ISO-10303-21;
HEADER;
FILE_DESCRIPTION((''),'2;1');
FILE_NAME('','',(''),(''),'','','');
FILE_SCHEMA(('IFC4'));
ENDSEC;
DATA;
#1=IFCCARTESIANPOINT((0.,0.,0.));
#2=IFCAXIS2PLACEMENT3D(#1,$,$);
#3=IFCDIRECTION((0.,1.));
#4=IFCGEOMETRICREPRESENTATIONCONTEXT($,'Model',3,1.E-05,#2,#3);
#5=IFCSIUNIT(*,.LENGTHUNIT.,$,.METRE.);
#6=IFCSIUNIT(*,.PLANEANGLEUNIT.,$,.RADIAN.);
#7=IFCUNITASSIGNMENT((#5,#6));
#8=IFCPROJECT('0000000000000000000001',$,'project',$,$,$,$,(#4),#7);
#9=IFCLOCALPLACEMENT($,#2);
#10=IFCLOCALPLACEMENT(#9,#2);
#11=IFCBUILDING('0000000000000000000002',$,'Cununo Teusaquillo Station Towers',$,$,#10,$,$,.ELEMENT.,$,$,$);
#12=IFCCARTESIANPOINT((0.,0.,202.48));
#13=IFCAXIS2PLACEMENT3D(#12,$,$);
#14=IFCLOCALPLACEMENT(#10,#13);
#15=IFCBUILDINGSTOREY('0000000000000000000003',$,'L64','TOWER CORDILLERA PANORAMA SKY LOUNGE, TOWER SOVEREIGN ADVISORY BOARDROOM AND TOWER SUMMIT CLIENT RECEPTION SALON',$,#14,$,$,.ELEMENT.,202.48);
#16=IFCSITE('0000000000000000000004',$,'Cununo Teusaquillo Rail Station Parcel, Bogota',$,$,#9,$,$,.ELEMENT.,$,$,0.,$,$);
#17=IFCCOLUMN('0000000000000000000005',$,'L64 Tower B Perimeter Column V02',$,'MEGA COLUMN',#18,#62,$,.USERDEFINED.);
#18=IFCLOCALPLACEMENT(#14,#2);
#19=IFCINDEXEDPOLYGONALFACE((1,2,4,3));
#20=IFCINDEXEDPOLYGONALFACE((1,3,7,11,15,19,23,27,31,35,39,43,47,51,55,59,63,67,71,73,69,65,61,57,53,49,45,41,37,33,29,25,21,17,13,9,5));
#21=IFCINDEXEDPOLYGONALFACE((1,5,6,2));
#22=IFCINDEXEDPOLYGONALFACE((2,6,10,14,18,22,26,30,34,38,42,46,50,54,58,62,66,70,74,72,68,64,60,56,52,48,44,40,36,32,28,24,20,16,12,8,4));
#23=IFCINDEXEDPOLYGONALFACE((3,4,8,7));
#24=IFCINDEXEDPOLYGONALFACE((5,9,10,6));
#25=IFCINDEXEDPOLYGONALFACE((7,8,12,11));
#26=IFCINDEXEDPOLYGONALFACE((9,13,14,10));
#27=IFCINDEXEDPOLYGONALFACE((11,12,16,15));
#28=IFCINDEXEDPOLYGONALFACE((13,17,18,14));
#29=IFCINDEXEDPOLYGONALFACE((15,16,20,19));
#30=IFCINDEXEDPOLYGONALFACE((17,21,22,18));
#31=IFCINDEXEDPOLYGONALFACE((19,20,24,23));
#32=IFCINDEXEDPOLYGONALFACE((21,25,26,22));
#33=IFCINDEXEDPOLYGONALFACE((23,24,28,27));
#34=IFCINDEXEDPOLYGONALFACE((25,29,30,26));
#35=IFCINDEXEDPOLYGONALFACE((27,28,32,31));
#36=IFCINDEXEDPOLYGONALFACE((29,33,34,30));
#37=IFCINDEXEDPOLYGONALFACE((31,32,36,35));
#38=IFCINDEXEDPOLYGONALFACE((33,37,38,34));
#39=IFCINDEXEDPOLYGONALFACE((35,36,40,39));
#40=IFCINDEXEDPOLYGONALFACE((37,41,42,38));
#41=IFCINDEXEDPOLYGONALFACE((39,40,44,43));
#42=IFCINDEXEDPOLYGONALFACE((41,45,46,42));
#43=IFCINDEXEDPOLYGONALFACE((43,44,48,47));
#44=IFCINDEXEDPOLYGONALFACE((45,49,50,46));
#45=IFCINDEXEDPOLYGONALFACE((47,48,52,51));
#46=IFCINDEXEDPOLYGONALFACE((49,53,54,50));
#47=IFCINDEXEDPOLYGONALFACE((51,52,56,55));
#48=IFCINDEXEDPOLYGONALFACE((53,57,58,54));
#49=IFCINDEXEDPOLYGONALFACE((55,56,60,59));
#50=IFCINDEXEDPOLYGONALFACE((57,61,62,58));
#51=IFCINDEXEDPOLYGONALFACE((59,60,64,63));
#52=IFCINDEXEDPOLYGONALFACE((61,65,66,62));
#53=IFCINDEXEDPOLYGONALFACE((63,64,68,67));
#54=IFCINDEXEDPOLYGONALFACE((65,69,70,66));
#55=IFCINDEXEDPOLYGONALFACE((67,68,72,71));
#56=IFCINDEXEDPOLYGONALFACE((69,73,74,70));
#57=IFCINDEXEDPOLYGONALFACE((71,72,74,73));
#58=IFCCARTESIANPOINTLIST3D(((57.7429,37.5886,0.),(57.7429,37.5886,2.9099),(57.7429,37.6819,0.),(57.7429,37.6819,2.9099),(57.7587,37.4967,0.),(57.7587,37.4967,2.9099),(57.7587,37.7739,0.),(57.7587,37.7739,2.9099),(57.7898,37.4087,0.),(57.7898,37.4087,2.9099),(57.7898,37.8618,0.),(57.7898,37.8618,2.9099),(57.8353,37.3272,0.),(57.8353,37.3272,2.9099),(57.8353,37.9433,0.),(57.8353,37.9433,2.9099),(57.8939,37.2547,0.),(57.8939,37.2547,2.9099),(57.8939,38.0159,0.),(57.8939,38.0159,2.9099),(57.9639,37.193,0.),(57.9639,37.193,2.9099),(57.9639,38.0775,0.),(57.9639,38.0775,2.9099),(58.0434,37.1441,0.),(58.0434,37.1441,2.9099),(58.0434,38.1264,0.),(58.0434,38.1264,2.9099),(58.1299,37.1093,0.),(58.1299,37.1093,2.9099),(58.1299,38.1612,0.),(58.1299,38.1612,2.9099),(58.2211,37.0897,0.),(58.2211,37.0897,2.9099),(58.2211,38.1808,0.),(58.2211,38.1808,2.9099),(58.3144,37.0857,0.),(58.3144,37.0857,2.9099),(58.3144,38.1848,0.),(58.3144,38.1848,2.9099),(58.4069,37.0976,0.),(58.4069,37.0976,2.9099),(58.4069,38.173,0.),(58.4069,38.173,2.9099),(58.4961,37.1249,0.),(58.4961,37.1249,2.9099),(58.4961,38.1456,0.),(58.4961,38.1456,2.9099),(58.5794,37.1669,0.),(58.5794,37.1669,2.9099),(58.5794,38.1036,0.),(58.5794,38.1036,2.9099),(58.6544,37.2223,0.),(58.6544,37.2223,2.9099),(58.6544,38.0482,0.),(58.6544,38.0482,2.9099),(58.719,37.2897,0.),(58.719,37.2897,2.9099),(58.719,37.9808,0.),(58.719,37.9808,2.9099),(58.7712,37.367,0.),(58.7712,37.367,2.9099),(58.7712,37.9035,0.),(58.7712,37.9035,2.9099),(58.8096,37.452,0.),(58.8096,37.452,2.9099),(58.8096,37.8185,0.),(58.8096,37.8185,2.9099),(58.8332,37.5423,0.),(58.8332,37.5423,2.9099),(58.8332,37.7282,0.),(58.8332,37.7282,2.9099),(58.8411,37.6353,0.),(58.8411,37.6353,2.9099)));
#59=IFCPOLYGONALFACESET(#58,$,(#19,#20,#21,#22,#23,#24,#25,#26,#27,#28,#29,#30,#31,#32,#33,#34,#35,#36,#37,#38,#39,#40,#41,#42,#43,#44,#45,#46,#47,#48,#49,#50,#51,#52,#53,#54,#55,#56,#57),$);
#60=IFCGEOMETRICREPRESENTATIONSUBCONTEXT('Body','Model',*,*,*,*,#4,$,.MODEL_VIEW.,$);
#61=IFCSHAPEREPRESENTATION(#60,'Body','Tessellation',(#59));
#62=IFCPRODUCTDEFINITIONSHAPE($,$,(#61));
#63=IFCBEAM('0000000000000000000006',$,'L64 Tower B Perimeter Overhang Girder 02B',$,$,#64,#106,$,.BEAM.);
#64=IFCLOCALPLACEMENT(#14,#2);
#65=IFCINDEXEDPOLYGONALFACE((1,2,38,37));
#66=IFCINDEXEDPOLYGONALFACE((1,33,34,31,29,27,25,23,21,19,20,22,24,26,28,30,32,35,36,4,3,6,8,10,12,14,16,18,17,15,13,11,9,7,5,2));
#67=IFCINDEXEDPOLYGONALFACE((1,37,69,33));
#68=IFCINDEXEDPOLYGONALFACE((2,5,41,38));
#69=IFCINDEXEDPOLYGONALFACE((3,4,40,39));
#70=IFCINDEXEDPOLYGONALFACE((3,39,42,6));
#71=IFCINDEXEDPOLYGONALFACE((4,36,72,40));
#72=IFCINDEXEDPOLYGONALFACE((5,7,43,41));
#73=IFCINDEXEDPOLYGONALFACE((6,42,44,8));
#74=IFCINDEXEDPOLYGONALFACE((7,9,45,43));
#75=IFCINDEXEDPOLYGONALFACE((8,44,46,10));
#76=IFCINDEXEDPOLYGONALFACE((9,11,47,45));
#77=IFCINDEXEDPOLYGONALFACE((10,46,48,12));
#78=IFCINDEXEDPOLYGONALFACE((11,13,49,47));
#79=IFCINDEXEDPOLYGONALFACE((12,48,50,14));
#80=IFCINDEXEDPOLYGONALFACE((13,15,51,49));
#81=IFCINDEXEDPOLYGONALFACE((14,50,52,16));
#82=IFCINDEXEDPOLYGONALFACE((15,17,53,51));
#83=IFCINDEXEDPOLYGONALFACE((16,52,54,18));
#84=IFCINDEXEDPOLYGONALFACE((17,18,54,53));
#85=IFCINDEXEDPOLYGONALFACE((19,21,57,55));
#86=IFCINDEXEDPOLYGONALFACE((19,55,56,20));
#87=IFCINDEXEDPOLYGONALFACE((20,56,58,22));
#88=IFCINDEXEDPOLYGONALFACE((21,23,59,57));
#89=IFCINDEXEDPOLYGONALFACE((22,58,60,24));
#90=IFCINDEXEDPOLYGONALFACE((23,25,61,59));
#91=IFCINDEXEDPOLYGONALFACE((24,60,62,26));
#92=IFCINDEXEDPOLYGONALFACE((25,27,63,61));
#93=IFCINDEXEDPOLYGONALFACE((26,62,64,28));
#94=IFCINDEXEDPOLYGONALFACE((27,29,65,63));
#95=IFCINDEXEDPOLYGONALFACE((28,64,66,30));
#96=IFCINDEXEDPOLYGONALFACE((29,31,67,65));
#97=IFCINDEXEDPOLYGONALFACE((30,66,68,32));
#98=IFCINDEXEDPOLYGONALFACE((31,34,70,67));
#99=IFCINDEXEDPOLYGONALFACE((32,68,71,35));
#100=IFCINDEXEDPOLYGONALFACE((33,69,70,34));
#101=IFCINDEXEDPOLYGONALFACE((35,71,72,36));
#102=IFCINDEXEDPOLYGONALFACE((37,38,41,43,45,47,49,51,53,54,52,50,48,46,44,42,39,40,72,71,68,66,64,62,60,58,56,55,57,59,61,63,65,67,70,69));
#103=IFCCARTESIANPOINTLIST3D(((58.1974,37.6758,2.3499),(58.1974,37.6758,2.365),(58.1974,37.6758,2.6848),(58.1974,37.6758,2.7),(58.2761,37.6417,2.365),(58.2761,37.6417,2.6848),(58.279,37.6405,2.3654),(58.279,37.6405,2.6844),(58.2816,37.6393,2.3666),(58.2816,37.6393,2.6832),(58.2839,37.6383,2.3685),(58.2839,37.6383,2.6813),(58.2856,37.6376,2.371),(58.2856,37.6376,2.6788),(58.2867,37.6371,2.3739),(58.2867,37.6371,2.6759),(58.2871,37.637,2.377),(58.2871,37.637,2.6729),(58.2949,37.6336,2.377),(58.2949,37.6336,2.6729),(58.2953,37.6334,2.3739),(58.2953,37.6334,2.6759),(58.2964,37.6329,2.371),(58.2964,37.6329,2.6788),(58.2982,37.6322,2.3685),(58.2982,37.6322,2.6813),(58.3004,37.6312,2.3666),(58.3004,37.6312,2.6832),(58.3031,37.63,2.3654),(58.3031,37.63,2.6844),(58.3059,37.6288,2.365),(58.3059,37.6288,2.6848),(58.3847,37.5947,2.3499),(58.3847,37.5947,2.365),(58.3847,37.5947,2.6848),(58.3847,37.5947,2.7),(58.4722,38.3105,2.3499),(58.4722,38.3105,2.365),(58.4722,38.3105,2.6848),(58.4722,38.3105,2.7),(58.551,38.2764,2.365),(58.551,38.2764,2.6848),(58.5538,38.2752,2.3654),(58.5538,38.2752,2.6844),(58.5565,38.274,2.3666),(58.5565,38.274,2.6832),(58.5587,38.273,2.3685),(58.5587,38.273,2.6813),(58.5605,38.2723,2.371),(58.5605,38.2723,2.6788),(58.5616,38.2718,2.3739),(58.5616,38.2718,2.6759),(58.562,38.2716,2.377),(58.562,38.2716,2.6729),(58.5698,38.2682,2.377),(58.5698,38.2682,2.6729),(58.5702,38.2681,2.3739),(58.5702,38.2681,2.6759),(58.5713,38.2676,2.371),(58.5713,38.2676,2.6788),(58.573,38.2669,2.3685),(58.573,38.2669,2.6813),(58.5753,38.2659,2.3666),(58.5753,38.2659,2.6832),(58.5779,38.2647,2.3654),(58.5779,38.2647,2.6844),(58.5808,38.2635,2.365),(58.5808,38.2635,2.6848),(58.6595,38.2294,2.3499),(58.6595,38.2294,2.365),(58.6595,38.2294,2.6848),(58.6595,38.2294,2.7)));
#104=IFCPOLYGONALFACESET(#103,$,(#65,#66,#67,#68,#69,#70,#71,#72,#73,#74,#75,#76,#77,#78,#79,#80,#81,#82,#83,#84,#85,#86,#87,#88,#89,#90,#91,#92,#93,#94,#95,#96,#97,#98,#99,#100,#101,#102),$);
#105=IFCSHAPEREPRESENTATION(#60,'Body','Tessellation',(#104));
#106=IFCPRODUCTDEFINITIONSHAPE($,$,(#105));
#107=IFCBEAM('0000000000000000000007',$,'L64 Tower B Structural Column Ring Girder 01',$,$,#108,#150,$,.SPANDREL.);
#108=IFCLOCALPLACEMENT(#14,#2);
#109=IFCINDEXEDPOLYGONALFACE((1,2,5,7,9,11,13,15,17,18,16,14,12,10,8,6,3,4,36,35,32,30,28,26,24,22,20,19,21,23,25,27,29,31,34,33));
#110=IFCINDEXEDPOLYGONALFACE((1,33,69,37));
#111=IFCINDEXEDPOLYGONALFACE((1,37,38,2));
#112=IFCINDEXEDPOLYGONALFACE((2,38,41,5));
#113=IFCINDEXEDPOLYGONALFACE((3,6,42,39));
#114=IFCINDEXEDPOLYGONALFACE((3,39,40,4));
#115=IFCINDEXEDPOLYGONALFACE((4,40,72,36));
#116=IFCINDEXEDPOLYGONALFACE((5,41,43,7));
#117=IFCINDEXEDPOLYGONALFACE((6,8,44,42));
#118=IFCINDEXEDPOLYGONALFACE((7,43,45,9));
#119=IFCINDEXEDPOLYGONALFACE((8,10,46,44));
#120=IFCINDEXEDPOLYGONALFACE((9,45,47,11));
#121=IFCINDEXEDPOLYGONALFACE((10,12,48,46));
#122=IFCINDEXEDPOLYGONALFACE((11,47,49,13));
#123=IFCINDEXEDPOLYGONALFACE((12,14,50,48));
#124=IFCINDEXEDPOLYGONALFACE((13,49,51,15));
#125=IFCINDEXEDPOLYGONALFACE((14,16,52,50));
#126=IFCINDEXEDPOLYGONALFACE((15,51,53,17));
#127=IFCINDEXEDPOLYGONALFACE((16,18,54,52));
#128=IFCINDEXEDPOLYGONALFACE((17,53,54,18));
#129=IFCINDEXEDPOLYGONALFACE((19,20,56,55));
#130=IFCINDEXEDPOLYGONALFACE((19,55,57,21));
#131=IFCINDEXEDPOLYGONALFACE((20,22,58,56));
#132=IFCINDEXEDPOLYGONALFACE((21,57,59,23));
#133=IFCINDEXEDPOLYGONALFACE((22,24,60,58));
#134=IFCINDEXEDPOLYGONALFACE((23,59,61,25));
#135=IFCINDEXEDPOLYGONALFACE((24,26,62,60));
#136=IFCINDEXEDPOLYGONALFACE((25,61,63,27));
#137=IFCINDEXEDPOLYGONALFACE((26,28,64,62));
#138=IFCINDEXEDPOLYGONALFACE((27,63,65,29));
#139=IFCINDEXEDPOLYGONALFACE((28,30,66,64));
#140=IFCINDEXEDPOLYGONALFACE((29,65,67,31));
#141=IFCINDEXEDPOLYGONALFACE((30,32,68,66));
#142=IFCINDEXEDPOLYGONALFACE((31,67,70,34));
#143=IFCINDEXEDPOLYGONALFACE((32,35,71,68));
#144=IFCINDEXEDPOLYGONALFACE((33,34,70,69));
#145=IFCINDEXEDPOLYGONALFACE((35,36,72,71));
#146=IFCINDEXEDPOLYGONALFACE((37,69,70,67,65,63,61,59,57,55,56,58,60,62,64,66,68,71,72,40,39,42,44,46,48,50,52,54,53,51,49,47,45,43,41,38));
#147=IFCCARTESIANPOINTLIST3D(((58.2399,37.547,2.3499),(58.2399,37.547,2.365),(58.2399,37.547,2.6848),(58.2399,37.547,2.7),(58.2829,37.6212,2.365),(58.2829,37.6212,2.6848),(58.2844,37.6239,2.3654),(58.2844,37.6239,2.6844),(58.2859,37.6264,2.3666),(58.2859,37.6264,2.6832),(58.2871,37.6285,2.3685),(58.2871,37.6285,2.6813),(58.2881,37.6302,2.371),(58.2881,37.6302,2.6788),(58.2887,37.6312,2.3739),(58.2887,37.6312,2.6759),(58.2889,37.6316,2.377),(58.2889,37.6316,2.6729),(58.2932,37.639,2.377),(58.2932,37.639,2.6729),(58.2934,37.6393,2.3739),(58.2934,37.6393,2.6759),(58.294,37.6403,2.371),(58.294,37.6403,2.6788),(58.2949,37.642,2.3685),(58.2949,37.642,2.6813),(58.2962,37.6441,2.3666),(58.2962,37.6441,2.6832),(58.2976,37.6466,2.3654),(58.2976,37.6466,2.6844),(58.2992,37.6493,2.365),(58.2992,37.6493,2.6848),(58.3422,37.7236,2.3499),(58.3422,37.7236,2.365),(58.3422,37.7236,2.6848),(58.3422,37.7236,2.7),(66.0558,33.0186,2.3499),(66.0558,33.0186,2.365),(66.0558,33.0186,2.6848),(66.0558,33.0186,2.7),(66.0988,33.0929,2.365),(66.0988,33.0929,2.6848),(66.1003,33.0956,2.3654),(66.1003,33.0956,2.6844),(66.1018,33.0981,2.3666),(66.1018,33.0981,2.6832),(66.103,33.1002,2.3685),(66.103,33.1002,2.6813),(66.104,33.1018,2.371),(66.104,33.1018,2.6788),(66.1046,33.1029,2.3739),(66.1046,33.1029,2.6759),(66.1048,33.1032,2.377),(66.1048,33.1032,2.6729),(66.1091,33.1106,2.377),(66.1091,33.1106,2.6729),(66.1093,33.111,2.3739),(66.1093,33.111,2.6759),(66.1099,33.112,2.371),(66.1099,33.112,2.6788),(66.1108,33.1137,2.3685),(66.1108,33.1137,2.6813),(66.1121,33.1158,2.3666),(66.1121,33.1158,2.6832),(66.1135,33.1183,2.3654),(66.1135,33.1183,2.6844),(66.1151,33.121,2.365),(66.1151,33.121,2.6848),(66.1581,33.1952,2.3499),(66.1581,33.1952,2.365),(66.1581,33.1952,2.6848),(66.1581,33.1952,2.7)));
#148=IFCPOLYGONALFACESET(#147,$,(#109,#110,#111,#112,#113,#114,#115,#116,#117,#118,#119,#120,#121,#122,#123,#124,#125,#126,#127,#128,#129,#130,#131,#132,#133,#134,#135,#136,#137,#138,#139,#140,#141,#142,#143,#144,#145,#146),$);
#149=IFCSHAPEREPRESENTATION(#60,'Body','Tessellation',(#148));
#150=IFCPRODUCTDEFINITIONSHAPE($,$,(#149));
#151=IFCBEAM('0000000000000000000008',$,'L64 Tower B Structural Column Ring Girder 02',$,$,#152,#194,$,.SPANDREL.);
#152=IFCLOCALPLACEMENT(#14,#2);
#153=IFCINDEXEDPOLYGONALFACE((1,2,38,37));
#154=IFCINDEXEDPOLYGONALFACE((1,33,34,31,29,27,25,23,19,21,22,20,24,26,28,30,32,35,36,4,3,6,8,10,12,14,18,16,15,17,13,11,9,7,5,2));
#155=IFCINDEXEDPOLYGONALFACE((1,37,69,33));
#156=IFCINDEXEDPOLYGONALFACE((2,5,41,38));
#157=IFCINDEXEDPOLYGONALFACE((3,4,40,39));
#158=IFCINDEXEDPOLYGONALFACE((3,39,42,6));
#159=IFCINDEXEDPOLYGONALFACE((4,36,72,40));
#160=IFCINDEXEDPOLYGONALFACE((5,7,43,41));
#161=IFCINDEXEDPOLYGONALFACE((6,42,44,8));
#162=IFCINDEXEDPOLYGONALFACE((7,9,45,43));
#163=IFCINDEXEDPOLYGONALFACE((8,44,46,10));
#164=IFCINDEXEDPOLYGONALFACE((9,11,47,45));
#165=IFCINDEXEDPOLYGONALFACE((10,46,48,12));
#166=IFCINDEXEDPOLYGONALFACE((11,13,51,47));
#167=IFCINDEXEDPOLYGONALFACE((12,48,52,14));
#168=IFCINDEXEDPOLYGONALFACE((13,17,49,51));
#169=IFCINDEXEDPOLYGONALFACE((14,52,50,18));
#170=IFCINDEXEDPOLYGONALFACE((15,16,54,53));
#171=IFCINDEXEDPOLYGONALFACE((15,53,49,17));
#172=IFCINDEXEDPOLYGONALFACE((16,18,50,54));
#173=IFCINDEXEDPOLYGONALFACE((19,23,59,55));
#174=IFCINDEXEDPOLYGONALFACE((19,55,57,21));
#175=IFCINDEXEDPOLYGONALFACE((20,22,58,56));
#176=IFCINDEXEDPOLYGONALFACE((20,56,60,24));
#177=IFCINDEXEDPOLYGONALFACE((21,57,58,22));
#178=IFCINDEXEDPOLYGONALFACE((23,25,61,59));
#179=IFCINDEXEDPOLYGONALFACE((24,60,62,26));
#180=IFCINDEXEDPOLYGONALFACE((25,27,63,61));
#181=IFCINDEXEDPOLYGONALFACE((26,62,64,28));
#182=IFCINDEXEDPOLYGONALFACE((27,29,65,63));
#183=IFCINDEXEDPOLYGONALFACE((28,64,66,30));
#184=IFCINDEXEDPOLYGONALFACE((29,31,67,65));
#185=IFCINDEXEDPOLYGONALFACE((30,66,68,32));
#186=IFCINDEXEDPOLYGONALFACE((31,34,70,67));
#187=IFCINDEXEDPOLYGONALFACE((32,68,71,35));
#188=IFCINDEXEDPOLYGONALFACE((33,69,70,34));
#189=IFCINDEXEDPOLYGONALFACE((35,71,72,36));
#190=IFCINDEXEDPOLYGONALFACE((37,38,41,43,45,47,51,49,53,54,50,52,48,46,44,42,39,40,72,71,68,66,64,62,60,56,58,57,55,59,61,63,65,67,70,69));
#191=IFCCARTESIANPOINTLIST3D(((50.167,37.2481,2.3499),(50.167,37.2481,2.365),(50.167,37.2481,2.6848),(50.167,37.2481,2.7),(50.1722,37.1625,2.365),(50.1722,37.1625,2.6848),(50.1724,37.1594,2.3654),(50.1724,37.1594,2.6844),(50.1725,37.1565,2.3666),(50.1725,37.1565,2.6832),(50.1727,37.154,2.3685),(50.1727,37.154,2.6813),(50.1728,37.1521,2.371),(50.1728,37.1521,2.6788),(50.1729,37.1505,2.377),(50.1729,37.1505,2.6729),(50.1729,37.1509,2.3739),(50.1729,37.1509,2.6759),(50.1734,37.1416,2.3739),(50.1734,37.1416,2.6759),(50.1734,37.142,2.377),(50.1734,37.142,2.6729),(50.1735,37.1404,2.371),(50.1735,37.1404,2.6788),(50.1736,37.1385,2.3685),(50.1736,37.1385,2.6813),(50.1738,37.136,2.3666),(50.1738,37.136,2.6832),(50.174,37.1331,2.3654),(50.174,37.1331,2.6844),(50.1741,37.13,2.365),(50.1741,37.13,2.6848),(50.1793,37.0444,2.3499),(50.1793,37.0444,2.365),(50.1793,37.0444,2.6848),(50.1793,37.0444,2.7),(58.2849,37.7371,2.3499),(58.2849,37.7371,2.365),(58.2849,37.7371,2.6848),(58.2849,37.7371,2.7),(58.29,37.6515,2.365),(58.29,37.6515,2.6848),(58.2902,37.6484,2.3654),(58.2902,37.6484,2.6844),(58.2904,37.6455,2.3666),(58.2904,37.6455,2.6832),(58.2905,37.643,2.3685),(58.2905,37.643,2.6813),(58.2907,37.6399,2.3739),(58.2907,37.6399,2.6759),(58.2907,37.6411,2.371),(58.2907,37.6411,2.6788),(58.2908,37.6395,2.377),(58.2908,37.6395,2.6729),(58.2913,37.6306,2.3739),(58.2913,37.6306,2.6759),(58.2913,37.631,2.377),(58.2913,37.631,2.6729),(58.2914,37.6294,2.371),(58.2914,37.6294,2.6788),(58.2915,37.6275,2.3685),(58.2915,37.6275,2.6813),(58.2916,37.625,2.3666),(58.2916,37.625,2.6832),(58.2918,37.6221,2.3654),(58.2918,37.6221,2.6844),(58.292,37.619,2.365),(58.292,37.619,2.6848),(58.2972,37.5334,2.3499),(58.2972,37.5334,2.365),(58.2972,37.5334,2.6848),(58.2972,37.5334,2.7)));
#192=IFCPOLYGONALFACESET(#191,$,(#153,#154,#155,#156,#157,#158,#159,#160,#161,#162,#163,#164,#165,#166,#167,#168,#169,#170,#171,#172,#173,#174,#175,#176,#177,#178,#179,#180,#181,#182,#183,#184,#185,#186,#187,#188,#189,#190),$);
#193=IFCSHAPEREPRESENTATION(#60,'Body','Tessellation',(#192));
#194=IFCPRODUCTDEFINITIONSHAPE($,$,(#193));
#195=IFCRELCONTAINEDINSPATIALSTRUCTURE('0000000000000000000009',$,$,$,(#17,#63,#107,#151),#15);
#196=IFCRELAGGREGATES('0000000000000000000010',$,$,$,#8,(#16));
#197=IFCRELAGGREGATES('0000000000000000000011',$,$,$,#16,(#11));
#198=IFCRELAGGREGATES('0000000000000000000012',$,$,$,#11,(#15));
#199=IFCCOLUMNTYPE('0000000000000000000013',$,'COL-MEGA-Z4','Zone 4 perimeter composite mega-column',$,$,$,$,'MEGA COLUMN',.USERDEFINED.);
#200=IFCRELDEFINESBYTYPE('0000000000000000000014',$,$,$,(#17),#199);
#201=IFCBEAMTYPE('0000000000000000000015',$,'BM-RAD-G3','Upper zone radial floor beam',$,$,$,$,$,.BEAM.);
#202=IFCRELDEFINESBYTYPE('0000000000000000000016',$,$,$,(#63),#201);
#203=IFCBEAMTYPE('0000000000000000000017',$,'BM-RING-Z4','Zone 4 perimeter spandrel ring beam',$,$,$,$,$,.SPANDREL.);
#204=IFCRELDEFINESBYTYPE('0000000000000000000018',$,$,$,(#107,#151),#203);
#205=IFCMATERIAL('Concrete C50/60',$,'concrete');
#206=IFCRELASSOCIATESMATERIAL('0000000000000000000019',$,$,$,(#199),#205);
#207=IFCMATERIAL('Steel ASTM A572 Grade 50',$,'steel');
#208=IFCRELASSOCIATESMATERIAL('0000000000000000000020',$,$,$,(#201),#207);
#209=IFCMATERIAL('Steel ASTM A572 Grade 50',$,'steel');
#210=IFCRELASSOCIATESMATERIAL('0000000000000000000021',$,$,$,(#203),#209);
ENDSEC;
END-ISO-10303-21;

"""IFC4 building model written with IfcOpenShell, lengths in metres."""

from ifc_helpers import new_model, si_unit, direction, frame, origin, origin_2d, place, context, subcontext, project, spatial, circle, i_section, extrude, material, material_profile, profile_set, type_object, element, save


model = new_model("IFC4")

# Units and contexts
model_context = context("Model", 3, precision=1e-05, world=origin(), true_north=direction((0.0, 1.0)))
body_context = subcontext(model_context, "Body", "Model", "MODEL_VIEW")
ifc_project = project(units=[si_unit("LENGTHUNIT", "METRE"), si_unit("PLANEANGLEUNIT", "RADIAN")], contexts=[model_context])

# Site, building, storey
site_placement = place(None, origin())
site = spatial("IfcSite", under=ifc_project, at=site_placement, Name="Cununo Teusaquillo Rail Station Parcel, Bogota", CompositionType="ELEMENT", RefElevation=0.0)
building_placement = place(site_placement, origin())
building = spatial("IfcBuilding", under=site, at=building_placement, Name="Cununo Teusaquillo Station Towers", CompositionType="ELEMENT")
storey_placement = place(building_placement, frame((0.0, 0.0, 202.48)))
storey = spatial("IfcBuildingStorey", under=building, at=storey_placement, Name="L64", Description="TOWER CORDILLERA PANORAMA SKY LOUNGE, TOWER SOVEREIGN ADVISORY BOARDROOM AND TOWER SUMMIT CLIENT RECEPTION SALON", CompositionType="ELEMENT", Elevation=202.48)

# Column
ifc_material_1 = material(Name="Concrete C50/60", Category="concrete")
ifc_material_profile_1 = material_profile(ifc_material_1, circle(Radius=0.55, at=origin_2d()), Name="RC-CIRC-1100")
ifc_profile_set_1 = profile_set([ifc_material_profile_1], Name="Concrete C50/60")
column_type = type_object("IfcColumnType", Name="COL-MEGA-Z4", Description="Zone 4 perimeter composite mega-column", ElementType="MEGA COLUMN", PredefinedType="USERDEFINED", material=ifc_profile_set_1)
column_placement = place(storey_placement, frame((58.291, 37.6353, 0.0), z_axis=(0.0, 0.0, 1.0), x_axis=(1.0, 0.0, 0.0)))
element("IfcColumn", 1, at=column_placement, inside=storey, type_object=column_type, Name="L64 Tower B Perimeter Column V02", ObjectType="MEGA COLUMN", PredefinedType="USERDEFINED", context=body_context, shape_type="SweptSolid", body=[
    extrude(circle(Radius=0.55, at=origin_2d()), origin(), (0.0, 0.0, 1.0), 2.9099),
])

# Beams
ifc_material_2 = material(Name="Steel ASTM A572 Grade 50", Category="steel")
ifc_material_profile_2 = material_profile(ifc_material_2, i_section(OverallWidth=0.2041, OverallDepth=0.3501, WebThickness=0.0085, FlangeThickness=0.0151, FilletRadius=0.012, at=origin_2d()), Name="W14X48")
ifc_profile_set_2 = profile_set([ifc_material_profile_2], Name="Steel ASTM A572 Grade 50")
beam_type_1 = type_object("IfcBeamType", Name="BM-RAD-G3", Description="Upper zone radial floor beam", PredefinedType="BEAM", material=ifc_profile_set_2)
beam_1_placement = place(storey_placement, frame((58.291, 37.6353, 2.5249), z_axis=(0.397409, 0.917641, 0.0), x_axis=(-0.917641, 0.397409, 0.0)))
element("IfcBeam", 2, at=beam_1_placement, inside=storey, type_object=beam_type_1, Name="L64 Tower B Perimeter Overhang Girder 02B", PredefinedType="BEAM", context=body_context, shape_type="SweptSolid", body=[
    extrude(i_section(OverallWidth=0.2041, OverallDepth=0.3501, WebThickness=0.0085, FlangeThickness=0.0151, FilletRadius=0.012, at=origin_2d()), origin(), (0.0, 0.0, 1.0), 0.6917),
])
ifc_material_3 = material(Name="Steel ASTM A572 Grade 50", Category="steel")
ifc_material_profile_3 = material_profile(ifc_material_3, i_section(OverallWidth=0.2041, OverallDepth=0.3501, WebThickness=0.0085, FlangeThickness=0.0151, FilletRadius=0.012, at=origin_2d()), Name="W14X48")
ifc_profile_set_3 = profile_set([ifc_material_profile_3], Name="Steel ASTM A572 Grade 50")
beam_type_2 = type_object("IfcBeamType", Name="BM-RING-Z4", Description="Zone 4 perimeter spandrel ring beam", PredefinedType="SPANDREL", material=ifc_profile_set_3)
beam_2_placement = place(storey_placement, frame((66.1069, 33.1069, 2.5249), z_axis=(-0.865267, 0.501311, 0.0), x_axis=(-0.501311, -0.865267, 0.0)))
element("IfcBeam", 3, at=beam_2_placement, inside=storey, type_object=beam_type_2, Name="L64 Tower B Structural Column Ring Girder 01", PredefinedType="SPANDREL", context=body_context, shape_type="SweptSolid", body=[
    extrude(i_section(OverallWidth=0.2041, OverallDepth=0.3501, WebThickness=0.0085, FlangeThickness=0.0151, FilletRadius=0.012, at=origin_2d()), origin(), (0.0, 0.0, 1.0), 9.033),
])
beam_3_placement = place(storey_placement, frame((58.291, 37.6353, 2.5249), z_axis=(-0.998191, -0.06013, 0.0), x_axis=(0.06013, -0.998191, 0.0)))
element("IfcBeam", 4, at=beam_3_placement, inside=storey, type_object=beam_type_2, Name="L64 Tower B Structural Column Ring Girder 02", PredefinedType="SPANDREL", context=body_context, shape_type="SweptSolid", body=[
    extrude(i_section(OverallWidth=0.2041, OverallDepth=0.3501, WebThickness=0.0085, FlangeThickness=0.0151, FilletRadius=0.012, at=origin_2d()), origin(), (0.0, 0.0, 1.0), 8.1326),
])

save(model, "model.ifc")
